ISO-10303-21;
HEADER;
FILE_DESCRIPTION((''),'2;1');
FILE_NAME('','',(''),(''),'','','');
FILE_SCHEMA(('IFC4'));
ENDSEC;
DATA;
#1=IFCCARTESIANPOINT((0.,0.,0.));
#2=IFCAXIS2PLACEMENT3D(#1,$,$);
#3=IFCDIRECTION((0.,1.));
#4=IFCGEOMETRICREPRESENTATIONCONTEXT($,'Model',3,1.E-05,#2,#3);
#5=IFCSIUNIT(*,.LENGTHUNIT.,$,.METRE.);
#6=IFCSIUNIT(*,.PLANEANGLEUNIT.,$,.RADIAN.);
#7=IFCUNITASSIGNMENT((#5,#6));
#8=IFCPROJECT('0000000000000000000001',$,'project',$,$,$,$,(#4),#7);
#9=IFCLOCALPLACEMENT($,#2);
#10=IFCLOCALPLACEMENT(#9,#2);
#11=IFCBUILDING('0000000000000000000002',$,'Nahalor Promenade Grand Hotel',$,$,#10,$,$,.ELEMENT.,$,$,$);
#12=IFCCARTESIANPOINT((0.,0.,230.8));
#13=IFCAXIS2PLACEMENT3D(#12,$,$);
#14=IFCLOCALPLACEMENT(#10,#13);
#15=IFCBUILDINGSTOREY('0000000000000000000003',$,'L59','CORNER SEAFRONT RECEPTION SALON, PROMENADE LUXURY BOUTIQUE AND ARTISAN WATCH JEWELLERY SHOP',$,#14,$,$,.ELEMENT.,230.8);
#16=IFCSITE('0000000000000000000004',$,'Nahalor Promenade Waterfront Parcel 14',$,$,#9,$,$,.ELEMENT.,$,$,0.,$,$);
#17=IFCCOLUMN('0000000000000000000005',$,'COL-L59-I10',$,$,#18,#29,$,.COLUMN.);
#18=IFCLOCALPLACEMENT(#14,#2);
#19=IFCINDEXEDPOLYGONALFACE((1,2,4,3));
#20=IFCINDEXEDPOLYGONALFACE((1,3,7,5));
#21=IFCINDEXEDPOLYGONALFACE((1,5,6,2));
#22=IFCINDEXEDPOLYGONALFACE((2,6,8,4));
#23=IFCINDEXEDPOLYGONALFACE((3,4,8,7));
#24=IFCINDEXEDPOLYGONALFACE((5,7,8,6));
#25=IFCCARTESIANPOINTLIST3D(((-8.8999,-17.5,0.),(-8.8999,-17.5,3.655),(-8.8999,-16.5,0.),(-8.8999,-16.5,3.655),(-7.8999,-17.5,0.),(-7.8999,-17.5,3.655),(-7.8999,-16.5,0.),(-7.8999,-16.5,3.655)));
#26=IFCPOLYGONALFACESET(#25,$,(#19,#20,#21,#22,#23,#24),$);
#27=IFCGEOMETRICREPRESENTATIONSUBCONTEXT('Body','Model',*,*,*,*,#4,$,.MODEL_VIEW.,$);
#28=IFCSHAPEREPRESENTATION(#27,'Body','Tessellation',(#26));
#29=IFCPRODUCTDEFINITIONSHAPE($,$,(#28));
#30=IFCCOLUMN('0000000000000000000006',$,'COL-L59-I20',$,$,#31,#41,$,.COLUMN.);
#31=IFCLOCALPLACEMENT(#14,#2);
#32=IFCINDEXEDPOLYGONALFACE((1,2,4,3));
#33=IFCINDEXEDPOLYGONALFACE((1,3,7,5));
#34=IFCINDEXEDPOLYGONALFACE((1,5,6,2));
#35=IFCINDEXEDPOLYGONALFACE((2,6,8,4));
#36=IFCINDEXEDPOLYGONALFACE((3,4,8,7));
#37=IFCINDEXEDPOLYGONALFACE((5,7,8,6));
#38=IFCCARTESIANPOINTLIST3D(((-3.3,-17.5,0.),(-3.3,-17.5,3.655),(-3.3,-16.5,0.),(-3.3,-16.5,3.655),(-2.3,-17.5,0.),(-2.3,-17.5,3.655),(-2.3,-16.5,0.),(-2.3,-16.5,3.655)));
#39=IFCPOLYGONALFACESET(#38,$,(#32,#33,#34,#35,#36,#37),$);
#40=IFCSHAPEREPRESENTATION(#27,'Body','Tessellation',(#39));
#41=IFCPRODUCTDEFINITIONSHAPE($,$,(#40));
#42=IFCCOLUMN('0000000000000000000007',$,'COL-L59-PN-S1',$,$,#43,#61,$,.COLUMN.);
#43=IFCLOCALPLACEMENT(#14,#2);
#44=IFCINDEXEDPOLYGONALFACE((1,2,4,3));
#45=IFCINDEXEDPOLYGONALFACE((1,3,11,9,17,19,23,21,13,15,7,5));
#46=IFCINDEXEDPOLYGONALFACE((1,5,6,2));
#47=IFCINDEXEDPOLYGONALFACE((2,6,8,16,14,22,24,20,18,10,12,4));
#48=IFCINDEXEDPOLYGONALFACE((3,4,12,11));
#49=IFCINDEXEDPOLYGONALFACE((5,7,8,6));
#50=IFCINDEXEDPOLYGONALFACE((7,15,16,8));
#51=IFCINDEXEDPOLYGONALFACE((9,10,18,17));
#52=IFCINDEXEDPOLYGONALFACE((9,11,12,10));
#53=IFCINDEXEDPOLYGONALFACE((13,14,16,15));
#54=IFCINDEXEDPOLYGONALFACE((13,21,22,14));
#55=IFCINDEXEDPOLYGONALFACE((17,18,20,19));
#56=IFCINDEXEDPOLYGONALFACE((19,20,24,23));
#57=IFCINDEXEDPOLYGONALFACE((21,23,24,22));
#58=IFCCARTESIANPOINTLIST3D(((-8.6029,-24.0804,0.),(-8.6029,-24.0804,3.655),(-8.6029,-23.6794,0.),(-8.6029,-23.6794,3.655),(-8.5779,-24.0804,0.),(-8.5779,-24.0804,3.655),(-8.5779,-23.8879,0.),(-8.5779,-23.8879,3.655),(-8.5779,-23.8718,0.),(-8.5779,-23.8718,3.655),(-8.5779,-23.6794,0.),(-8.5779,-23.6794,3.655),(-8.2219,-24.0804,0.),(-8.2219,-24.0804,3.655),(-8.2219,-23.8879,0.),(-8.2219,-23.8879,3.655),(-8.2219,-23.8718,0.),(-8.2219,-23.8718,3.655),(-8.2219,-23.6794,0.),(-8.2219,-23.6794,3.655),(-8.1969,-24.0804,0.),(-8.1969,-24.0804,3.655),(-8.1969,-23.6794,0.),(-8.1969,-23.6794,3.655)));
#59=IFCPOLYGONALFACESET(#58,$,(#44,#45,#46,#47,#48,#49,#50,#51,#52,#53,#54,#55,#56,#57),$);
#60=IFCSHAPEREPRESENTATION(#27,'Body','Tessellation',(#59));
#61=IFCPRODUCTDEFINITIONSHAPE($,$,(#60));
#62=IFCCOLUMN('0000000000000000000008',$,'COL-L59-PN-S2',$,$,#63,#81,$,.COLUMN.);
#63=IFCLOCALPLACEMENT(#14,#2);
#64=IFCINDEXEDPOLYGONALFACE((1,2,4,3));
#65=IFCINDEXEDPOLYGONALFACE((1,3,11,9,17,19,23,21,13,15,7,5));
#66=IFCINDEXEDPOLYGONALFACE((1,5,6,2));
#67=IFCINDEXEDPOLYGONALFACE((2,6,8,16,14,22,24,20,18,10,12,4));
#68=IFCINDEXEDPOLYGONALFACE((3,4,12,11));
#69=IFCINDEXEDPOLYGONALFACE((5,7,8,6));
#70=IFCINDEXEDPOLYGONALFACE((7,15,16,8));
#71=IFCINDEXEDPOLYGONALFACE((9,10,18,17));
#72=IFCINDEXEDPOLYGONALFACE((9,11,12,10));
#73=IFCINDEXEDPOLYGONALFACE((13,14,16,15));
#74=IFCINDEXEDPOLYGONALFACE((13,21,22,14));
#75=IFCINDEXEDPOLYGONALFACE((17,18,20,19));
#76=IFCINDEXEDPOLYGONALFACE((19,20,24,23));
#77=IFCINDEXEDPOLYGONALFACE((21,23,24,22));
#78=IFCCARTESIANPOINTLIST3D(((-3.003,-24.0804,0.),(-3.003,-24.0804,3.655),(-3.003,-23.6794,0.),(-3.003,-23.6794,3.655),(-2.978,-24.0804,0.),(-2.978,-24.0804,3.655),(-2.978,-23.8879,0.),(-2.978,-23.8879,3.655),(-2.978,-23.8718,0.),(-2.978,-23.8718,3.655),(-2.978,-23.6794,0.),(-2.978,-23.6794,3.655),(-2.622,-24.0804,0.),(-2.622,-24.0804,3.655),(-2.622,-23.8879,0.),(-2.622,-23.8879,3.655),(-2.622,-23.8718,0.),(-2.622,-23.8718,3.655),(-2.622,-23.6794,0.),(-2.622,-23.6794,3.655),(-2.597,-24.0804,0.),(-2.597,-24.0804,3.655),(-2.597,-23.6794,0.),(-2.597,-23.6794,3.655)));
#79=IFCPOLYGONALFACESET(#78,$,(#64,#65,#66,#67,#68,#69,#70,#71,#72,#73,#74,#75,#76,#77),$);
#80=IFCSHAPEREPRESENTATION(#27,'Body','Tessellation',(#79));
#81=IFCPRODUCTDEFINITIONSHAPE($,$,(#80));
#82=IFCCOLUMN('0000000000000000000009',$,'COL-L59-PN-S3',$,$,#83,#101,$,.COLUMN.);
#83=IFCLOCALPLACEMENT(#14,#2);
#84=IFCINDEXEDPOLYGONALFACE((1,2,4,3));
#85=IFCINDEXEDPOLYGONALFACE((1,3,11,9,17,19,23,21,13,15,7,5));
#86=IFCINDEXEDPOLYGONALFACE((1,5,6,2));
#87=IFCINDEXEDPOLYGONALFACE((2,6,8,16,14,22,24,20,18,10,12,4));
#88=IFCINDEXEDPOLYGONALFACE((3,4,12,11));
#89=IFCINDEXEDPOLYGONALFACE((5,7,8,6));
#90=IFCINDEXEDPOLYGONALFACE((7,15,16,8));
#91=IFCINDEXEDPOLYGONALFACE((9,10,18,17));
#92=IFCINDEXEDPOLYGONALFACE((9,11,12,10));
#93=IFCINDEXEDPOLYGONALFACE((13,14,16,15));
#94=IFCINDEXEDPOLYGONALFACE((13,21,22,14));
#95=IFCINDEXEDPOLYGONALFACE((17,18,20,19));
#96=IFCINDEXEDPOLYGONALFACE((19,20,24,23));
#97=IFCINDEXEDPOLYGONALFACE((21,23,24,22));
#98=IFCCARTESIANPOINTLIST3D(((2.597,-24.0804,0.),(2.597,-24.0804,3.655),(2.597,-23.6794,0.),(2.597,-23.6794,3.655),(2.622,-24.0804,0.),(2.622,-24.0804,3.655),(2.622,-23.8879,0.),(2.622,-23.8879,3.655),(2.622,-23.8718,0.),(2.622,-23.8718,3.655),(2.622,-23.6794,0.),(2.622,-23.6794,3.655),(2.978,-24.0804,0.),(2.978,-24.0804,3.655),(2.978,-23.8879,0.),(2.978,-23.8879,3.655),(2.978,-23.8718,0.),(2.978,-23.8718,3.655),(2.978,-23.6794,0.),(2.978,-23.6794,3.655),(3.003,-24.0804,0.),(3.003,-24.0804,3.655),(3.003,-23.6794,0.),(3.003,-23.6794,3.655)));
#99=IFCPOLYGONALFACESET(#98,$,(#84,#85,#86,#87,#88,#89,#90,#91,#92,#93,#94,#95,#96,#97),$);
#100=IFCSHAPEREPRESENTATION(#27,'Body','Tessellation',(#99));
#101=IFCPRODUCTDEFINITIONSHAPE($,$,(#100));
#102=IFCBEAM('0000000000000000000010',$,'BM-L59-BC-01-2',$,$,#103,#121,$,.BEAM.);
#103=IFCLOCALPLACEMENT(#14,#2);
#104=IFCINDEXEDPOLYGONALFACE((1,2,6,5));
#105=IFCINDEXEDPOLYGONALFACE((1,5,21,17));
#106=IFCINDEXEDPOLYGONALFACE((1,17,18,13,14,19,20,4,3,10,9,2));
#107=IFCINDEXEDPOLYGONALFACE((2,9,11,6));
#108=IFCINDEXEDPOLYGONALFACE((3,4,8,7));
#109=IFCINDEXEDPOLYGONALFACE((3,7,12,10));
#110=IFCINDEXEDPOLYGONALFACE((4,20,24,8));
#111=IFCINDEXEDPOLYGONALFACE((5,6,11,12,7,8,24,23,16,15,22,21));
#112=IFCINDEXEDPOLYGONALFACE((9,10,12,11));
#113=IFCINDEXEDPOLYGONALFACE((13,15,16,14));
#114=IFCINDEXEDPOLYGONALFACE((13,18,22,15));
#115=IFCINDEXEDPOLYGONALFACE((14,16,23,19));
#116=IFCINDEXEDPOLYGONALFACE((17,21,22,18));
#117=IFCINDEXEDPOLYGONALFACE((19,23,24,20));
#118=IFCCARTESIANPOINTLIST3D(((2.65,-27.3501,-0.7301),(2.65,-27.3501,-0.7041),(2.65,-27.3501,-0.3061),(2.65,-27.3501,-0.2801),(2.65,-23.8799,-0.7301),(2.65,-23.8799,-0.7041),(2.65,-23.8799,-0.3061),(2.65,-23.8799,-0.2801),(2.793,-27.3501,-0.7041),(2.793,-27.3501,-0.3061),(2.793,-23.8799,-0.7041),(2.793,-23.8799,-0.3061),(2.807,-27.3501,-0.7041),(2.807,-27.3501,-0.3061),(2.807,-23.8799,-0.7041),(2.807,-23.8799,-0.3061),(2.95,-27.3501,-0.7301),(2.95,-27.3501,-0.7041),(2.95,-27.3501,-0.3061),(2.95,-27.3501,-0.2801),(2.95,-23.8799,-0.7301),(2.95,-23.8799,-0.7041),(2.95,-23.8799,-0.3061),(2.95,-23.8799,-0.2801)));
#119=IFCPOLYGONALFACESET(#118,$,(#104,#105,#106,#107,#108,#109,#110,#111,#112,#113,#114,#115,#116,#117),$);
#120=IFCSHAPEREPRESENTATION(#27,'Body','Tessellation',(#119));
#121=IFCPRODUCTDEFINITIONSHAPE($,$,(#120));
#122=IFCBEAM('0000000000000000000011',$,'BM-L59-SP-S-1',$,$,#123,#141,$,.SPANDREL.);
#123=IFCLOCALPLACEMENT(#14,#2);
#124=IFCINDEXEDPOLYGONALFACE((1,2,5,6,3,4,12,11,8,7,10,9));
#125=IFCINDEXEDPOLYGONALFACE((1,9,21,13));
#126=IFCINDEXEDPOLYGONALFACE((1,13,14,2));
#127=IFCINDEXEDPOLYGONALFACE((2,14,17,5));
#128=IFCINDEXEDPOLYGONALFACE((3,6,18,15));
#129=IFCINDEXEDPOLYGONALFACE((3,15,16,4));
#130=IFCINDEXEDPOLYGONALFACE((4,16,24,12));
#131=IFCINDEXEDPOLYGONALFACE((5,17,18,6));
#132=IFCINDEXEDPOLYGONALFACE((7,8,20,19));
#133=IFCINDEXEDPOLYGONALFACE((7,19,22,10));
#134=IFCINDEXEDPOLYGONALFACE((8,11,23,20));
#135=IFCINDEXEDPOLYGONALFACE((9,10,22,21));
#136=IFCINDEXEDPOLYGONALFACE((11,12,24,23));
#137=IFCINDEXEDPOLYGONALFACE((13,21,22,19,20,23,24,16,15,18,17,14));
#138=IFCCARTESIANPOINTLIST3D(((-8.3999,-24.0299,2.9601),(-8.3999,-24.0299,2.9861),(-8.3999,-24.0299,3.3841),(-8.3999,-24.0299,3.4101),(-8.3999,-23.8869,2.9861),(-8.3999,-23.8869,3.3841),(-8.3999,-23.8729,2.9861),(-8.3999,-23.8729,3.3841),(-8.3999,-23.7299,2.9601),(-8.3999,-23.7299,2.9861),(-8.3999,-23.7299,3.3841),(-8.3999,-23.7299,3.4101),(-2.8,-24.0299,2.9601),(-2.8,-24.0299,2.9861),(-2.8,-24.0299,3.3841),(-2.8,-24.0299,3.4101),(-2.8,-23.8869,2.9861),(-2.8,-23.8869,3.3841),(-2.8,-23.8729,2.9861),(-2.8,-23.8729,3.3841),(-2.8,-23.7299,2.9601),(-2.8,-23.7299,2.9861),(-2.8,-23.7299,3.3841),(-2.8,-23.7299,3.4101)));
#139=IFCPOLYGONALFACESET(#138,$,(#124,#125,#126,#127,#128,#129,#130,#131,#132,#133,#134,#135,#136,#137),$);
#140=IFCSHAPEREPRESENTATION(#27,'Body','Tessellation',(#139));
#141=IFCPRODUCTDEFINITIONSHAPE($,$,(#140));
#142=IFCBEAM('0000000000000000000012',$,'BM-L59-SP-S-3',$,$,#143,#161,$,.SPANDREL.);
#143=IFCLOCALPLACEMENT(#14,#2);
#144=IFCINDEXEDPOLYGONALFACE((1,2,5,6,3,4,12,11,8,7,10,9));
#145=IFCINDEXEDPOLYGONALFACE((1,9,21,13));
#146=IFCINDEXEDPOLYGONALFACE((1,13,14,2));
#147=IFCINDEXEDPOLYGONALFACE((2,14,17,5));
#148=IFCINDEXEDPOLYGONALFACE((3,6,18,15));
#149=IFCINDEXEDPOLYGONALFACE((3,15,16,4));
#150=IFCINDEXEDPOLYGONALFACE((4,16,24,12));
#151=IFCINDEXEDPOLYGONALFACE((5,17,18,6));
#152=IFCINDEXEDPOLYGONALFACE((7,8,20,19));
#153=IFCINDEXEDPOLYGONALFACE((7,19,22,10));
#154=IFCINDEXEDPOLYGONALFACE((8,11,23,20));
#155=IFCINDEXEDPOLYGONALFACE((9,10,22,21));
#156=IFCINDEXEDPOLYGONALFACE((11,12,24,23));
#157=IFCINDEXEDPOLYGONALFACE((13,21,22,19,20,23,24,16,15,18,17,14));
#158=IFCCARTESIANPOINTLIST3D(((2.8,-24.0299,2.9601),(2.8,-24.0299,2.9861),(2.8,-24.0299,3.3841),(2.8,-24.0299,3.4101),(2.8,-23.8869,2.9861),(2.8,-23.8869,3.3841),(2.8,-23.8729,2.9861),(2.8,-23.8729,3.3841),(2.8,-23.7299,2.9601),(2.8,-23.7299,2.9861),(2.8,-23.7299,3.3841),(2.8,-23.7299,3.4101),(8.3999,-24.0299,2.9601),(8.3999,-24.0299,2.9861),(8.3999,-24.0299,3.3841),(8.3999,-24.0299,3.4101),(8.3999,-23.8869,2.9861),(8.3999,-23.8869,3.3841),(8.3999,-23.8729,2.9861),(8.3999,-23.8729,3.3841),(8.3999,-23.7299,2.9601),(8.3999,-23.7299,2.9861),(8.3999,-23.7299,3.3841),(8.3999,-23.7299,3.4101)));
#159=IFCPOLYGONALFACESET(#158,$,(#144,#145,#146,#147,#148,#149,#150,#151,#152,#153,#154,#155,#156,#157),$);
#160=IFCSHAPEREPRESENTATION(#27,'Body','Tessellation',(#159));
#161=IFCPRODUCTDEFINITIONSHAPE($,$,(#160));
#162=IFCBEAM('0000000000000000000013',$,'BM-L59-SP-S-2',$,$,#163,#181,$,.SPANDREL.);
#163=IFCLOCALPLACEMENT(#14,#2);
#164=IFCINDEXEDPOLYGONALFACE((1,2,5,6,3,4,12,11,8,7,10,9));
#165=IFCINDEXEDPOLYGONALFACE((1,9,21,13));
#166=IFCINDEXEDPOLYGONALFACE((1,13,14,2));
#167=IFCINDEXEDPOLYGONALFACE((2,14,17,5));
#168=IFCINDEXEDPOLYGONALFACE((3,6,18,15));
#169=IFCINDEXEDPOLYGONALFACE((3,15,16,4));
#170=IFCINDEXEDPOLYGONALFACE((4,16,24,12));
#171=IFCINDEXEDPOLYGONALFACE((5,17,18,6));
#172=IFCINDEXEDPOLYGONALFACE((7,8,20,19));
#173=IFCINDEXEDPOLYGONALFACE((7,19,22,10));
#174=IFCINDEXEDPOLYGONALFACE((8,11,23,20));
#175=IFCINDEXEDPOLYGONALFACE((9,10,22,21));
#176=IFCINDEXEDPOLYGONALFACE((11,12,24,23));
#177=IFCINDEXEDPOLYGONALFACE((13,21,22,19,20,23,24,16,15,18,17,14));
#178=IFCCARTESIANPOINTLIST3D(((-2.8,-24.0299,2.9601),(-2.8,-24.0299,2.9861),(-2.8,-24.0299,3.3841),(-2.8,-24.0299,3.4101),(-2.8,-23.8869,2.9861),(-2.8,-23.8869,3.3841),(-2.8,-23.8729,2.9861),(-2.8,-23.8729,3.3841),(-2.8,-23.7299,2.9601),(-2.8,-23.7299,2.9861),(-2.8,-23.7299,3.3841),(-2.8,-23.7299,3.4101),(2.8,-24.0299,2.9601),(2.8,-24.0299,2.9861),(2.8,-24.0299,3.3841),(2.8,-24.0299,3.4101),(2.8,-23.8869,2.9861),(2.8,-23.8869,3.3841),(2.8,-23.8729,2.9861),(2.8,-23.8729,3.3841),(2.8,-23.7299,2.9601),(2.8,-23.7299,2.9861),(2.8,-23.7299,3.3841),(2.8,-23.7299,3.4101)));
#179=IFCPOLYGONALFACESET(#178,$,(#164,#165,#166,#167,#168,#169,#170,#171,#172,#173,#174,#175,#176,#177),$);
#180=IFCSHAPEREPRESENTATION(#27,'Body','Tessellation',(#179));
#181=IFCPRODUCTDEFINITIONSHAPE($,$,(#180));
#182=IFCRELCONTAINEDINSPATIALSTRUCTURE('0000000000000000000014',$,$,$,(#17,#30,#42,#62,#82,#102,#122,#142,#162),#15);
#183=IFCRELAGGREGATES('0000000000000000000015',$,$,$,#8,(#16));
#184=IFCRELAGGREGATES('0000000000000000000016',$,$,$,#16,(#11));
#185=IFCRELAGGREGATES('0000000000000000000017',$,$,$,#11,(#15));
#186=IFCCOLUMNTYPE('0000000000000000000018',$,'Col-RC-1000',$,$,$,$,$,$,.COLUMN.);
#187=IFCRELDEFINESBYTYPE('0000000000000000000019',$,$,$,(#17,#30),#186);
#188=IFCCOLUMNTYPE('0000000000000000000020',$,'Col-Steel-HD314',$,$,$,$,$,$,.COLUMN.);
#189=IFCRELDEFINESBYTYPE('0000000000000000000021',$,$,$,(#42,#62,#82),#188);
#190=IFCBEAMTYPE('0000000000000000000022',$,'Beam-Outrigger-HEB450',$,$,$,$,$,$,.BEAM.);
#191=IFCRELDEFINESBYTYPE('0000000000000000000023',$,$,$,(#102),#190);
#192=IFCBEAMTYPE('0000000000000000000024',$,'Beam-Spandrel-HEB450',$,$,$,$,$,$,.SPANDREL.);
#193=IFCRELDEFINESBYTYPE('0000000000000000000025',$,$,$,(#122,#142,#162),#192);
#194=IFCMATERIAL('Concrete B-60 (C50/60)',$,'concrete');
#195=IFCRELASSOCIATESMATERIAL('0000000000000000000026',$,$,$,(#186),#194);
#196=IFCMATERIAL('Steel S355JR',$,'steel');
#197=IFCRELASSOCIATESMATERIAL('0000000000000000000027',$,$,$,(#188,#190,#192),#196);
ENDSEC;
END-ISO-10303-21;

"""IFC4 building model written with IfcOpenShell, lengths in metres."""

from ifc_helpers import new_model, si_unit, direction, frame, origin, origin_2d, place, context, subcontext, project, spatial, rectangle, i_section, extrude, source, transform, mapped, material, material_profile, profile_set, type_object, element, save


model = new_model("IFC4")

# Units and contexts
model_context = context("Model", 3, precision=1e-05, world=origin(), true_north=direction((0.0, 1.0)))
body_context = subcontext(model_context, "Body", "Model", "MODEL_VIEW")
ifc_project = project(units=[si_unit("LENGTHUNIT", "METRE"), si_unit("PLANEANGLEUNIT", "RADIAN")], contexts=[model_context])

# Site, building, storey
site_placement = place(None, origin())
site = spatial("IfcSite", under=ifc_project, at=site_placement, Name="Nahalor Promenade Waterfront Parcel 14", CompositionType="ELEMENT", RefElevation=0.0)
building_placement = place(site_placement, origin())
building = spatial("IfcBuilding", under=site, at=building_placement, Name="Nahalor Promenade Grand Hotel", CompositionType="ELEMENT")
storey_placement = place(building_placement, frame((0.0, 0.0, 230.8)))
storey = spatial("IfcBuildingStorey", under=building, at=storey_placement, Name="L59", Description="CORNER SEAFRONT RECEPTION SALON, PROMENADE LUXURY BOUTIQUE AND ARTISAN WATCH JEWELLERY SHOP", CompositionType="ELEMENT", Elevation=230.8)

# Columns
ifc_material_1 = material(Name="Concrete B-60 (C50/60)", Category="concrete")
ifc_material_profile_1 = material_profile(ifc_material_1, rectangle(XDim=1.0, YDim=1.0, at=origin_2d()), Name="RC 1000x1000")
ifc_profile_set_1 = profile_set([ifc_material_profile_1], Name="Concrete B-60 (C50/60)")
column_type_1 = type_object("IfcColumnType", Name="Col-RC-1000", PredefinedType="COLUMN", material=ifc_profile_set_1)
shared_shape_1 = source(origin(), body_context, "Body", "SweptSolid", [
    extrude(rectangle(XDim=1.0, YDim=1.0, at=origin_2d()), origin(), (0.0, 0.0, 1.0), 3.655),
])
for number, where, z_axis, x_axis, name in (
    (1, (-8.3999, -17.0, 0.0), (0.0, 0.0, 1.0), (1.0, 0.0, 0.0), "COL-L59-I10"),
    (2, (-2.8, -17.0, 0.0), (0.0, 0.0, 1.0), (1.0, 0.0, 0.0), "COL-L59-I20"),
):
    element("IfcColumn", number, at=place(storey_placement, frame(where, z_axis=z_axis, x_axis=x_axis)), inside=storey, type_object=column_type_1, Name=name, PredefinedType="COLUMN", context=body_context, shape_type="MappedRepresentation", body=[
        mapped(shared_shape_1, transform((0.0, 0.0, 0.0), scale=1.0)),
    ])
ifc_material_2 = material(Name="Steel S355JR", Category="steel")
ifc_material_profile_2 = material_profile(ifc_material_2, i_section(OverallWidth=0.401, OverallDepth=0.406, WebThickness=0.0161, FlangeThickness=0.025, at=origin_2d()), Name="HD 400x314")
ifc_profile_set_2 = profile_set([ifc_material_profile_2], Name="Steel S355JR")
column_type_2 = type_object("IfcColumnType", Name="Col-Steel-HD314", PredefinedType="COLUMN", material=ifc_profile_set_2)
shared_shape_2 = source(origin(), body_context, "Body", "SweptSolid", [
    extrude(i_section(OverallWidth=0.401, OverallDepth=0.406, WebThickness=0.0161, FlangeThickness=0.025, at=origin_2d()), origin(), (0.0, 0.0, 1.0), 3.655),
])
for number, where, z_axis, x_axis, name in (
    (3, (-8.3999, -23.8799, 0.0), (0.0, 0.0, 1.0), (0.0, 1.0, 0.0), "COL-L59-PN-S1"),
    (4, (-2.8, -23.8799, 0.0), (0.0, 0.0, 1.0), (0.0, 1.0, 0.0), "COL-L59-PN-S2"),
    (5, (2.8, -23.8799, 0.0), (0.0, 0.0, 1.0), (0.0, 1.0, 0.0), "COL-L59-PN-S3"),
):
    element("IfcColumn", number, at=place(storey_placement, frame(where, z_axis=z_axis, x_axis=x_axis)), inside=storey, type_object=column_type_2, Name=name, PredefinedType="COLUMN", context=body_context, shape_type="MappedRepresentation", body=[
        mapped(shared_shape_2, transform((0.0, 0.0, 0.0), scale=1.0)),
    ])

# Beams
ifc_material_profile_3 = material_profile(ifc_material_2, i_section(OverallWidth=0.3, OverallDepth=0.45, WebThickness=0.014, FlangeThickness=0.026, at=origin_2d()), Name="HEB 450")
ifc_profile_set_3 = profile_set([ifc_material_profile_3], Name="Steel S355JR")
beam_type_1 = type_object("IfcBeamType", Name="Beam-Outrigger-HEB450", PredefinedType="BEAM", material=ifc_profile_set_3)
shared_shape_3 = source(origin(), body_context, "Body", "SweptSolid", [
    extrude(i_section(OverallWidth=0.3, OverallDepth=0.45, WebThickness=0.014, FlangeThickness=0.026, at=origin_2d()), origin(), (0.0, 0.0, 1.0), 3.4702),
])
beam_1_placement = place(storey_placement, frame((2.8, -27.3501, -0.5051), z_axis=(0.0, 1.0, 0.0), x_axis=(-1.0, 0.0, 0.0)))
element("IfcBeam", 6, at=beam_1_placement, inside=storey, type_object=beam_type_1, Name="BM-L59-BC-01-2", PredefinedType="BEAM", context=body_context, shape_type="MappedRepresentation", body=[
    mapped(shared_shape_3, transform((0.0, 0.0, 0.0), scale=1.0)),
])
ifc_material_profile_4 = material_profile(ifc_material_2, i_section(OverallWidth=0.3, OverallDepth=0.45, WebThickness=0.014, FlangeThickness=0.026, at=origin_2d()), Name="HEB 450")
ifc_profile_set_4 = profile_set([ifc_material_profile_4], Name="Steel S355JR")
beam_type_2 = type_object("IfcBeamType", Name="Beam-Spandrel-HEB450", PredefinedType="SPANDREL", material=ifc_profile_set_4)
shared_shape_4 = source(origin(), body_context, "Body", "SweptSolid", [
    extrude(i_section(OverallWidth=0.3, OverallDepth=0.45, WebThickness=0.014, FlangeThickness=0.026, at=origin_2d()), origin(), (0.0, 0.0, 1.0), 5.5999),
])
for number, where, z_axis, x_axis, name in (
    (7, (-8.3999, -23.8799, 3.1851), (1.0, 0.0, 0.0), (0.0, 1.0, 0.0), "BM-L59-SP-S-1"),
    (8, (2.8, -23.8799, 3.1851), (1.0, 0.0, 0.0), (0.0, 1.0, 0.0), "BM-L59-SP-S-3"),
):
    element("IfcBeam", number, at=place(storey_placement, frame(where, z_axis=z_axis, x_axis=x_axis)), inside=storey, type_object=beam_type_2, Name=name, PredefinedType="SPANDREL", context=body_context, shape_type="MappedRepresentation", body=[
        mapped(shared_shape_4, transform((0.0, 0.0, 0.0), scale=1.0)),
    ])
shared_shape_5 = source(origin(), body_context, "Body", "SweptSolid", [
    extrude(i_section(OverallWidth=0.3, OverallDepth=0.45, WebThickness=0.014, FlangeThickness=0.026, at=origin_2d()), origin(), (0.0, 0.0, 1.0), 5.6001),
])
beam_2_placement = place(storey_placement, frame((-2.8, -23.8799, 3.1851), z_axis=(1.0, 0.0, 0.0), x_axis=(0.0, 1.0, 0.0)))
element("IfcBeam", 9, at=beam_2_placement, inside=storey, type_object=beam_type_2, Name="BM-L59-SP-S-2", PredefinedType="SPANDREL", context=body_context, shape_type="MappedRepresentation", body=[
    mapped(shared_shape_5, transform((0.0, 0.0, 0.0), scale=1.0)),
])

save(model, "model.ifc")
